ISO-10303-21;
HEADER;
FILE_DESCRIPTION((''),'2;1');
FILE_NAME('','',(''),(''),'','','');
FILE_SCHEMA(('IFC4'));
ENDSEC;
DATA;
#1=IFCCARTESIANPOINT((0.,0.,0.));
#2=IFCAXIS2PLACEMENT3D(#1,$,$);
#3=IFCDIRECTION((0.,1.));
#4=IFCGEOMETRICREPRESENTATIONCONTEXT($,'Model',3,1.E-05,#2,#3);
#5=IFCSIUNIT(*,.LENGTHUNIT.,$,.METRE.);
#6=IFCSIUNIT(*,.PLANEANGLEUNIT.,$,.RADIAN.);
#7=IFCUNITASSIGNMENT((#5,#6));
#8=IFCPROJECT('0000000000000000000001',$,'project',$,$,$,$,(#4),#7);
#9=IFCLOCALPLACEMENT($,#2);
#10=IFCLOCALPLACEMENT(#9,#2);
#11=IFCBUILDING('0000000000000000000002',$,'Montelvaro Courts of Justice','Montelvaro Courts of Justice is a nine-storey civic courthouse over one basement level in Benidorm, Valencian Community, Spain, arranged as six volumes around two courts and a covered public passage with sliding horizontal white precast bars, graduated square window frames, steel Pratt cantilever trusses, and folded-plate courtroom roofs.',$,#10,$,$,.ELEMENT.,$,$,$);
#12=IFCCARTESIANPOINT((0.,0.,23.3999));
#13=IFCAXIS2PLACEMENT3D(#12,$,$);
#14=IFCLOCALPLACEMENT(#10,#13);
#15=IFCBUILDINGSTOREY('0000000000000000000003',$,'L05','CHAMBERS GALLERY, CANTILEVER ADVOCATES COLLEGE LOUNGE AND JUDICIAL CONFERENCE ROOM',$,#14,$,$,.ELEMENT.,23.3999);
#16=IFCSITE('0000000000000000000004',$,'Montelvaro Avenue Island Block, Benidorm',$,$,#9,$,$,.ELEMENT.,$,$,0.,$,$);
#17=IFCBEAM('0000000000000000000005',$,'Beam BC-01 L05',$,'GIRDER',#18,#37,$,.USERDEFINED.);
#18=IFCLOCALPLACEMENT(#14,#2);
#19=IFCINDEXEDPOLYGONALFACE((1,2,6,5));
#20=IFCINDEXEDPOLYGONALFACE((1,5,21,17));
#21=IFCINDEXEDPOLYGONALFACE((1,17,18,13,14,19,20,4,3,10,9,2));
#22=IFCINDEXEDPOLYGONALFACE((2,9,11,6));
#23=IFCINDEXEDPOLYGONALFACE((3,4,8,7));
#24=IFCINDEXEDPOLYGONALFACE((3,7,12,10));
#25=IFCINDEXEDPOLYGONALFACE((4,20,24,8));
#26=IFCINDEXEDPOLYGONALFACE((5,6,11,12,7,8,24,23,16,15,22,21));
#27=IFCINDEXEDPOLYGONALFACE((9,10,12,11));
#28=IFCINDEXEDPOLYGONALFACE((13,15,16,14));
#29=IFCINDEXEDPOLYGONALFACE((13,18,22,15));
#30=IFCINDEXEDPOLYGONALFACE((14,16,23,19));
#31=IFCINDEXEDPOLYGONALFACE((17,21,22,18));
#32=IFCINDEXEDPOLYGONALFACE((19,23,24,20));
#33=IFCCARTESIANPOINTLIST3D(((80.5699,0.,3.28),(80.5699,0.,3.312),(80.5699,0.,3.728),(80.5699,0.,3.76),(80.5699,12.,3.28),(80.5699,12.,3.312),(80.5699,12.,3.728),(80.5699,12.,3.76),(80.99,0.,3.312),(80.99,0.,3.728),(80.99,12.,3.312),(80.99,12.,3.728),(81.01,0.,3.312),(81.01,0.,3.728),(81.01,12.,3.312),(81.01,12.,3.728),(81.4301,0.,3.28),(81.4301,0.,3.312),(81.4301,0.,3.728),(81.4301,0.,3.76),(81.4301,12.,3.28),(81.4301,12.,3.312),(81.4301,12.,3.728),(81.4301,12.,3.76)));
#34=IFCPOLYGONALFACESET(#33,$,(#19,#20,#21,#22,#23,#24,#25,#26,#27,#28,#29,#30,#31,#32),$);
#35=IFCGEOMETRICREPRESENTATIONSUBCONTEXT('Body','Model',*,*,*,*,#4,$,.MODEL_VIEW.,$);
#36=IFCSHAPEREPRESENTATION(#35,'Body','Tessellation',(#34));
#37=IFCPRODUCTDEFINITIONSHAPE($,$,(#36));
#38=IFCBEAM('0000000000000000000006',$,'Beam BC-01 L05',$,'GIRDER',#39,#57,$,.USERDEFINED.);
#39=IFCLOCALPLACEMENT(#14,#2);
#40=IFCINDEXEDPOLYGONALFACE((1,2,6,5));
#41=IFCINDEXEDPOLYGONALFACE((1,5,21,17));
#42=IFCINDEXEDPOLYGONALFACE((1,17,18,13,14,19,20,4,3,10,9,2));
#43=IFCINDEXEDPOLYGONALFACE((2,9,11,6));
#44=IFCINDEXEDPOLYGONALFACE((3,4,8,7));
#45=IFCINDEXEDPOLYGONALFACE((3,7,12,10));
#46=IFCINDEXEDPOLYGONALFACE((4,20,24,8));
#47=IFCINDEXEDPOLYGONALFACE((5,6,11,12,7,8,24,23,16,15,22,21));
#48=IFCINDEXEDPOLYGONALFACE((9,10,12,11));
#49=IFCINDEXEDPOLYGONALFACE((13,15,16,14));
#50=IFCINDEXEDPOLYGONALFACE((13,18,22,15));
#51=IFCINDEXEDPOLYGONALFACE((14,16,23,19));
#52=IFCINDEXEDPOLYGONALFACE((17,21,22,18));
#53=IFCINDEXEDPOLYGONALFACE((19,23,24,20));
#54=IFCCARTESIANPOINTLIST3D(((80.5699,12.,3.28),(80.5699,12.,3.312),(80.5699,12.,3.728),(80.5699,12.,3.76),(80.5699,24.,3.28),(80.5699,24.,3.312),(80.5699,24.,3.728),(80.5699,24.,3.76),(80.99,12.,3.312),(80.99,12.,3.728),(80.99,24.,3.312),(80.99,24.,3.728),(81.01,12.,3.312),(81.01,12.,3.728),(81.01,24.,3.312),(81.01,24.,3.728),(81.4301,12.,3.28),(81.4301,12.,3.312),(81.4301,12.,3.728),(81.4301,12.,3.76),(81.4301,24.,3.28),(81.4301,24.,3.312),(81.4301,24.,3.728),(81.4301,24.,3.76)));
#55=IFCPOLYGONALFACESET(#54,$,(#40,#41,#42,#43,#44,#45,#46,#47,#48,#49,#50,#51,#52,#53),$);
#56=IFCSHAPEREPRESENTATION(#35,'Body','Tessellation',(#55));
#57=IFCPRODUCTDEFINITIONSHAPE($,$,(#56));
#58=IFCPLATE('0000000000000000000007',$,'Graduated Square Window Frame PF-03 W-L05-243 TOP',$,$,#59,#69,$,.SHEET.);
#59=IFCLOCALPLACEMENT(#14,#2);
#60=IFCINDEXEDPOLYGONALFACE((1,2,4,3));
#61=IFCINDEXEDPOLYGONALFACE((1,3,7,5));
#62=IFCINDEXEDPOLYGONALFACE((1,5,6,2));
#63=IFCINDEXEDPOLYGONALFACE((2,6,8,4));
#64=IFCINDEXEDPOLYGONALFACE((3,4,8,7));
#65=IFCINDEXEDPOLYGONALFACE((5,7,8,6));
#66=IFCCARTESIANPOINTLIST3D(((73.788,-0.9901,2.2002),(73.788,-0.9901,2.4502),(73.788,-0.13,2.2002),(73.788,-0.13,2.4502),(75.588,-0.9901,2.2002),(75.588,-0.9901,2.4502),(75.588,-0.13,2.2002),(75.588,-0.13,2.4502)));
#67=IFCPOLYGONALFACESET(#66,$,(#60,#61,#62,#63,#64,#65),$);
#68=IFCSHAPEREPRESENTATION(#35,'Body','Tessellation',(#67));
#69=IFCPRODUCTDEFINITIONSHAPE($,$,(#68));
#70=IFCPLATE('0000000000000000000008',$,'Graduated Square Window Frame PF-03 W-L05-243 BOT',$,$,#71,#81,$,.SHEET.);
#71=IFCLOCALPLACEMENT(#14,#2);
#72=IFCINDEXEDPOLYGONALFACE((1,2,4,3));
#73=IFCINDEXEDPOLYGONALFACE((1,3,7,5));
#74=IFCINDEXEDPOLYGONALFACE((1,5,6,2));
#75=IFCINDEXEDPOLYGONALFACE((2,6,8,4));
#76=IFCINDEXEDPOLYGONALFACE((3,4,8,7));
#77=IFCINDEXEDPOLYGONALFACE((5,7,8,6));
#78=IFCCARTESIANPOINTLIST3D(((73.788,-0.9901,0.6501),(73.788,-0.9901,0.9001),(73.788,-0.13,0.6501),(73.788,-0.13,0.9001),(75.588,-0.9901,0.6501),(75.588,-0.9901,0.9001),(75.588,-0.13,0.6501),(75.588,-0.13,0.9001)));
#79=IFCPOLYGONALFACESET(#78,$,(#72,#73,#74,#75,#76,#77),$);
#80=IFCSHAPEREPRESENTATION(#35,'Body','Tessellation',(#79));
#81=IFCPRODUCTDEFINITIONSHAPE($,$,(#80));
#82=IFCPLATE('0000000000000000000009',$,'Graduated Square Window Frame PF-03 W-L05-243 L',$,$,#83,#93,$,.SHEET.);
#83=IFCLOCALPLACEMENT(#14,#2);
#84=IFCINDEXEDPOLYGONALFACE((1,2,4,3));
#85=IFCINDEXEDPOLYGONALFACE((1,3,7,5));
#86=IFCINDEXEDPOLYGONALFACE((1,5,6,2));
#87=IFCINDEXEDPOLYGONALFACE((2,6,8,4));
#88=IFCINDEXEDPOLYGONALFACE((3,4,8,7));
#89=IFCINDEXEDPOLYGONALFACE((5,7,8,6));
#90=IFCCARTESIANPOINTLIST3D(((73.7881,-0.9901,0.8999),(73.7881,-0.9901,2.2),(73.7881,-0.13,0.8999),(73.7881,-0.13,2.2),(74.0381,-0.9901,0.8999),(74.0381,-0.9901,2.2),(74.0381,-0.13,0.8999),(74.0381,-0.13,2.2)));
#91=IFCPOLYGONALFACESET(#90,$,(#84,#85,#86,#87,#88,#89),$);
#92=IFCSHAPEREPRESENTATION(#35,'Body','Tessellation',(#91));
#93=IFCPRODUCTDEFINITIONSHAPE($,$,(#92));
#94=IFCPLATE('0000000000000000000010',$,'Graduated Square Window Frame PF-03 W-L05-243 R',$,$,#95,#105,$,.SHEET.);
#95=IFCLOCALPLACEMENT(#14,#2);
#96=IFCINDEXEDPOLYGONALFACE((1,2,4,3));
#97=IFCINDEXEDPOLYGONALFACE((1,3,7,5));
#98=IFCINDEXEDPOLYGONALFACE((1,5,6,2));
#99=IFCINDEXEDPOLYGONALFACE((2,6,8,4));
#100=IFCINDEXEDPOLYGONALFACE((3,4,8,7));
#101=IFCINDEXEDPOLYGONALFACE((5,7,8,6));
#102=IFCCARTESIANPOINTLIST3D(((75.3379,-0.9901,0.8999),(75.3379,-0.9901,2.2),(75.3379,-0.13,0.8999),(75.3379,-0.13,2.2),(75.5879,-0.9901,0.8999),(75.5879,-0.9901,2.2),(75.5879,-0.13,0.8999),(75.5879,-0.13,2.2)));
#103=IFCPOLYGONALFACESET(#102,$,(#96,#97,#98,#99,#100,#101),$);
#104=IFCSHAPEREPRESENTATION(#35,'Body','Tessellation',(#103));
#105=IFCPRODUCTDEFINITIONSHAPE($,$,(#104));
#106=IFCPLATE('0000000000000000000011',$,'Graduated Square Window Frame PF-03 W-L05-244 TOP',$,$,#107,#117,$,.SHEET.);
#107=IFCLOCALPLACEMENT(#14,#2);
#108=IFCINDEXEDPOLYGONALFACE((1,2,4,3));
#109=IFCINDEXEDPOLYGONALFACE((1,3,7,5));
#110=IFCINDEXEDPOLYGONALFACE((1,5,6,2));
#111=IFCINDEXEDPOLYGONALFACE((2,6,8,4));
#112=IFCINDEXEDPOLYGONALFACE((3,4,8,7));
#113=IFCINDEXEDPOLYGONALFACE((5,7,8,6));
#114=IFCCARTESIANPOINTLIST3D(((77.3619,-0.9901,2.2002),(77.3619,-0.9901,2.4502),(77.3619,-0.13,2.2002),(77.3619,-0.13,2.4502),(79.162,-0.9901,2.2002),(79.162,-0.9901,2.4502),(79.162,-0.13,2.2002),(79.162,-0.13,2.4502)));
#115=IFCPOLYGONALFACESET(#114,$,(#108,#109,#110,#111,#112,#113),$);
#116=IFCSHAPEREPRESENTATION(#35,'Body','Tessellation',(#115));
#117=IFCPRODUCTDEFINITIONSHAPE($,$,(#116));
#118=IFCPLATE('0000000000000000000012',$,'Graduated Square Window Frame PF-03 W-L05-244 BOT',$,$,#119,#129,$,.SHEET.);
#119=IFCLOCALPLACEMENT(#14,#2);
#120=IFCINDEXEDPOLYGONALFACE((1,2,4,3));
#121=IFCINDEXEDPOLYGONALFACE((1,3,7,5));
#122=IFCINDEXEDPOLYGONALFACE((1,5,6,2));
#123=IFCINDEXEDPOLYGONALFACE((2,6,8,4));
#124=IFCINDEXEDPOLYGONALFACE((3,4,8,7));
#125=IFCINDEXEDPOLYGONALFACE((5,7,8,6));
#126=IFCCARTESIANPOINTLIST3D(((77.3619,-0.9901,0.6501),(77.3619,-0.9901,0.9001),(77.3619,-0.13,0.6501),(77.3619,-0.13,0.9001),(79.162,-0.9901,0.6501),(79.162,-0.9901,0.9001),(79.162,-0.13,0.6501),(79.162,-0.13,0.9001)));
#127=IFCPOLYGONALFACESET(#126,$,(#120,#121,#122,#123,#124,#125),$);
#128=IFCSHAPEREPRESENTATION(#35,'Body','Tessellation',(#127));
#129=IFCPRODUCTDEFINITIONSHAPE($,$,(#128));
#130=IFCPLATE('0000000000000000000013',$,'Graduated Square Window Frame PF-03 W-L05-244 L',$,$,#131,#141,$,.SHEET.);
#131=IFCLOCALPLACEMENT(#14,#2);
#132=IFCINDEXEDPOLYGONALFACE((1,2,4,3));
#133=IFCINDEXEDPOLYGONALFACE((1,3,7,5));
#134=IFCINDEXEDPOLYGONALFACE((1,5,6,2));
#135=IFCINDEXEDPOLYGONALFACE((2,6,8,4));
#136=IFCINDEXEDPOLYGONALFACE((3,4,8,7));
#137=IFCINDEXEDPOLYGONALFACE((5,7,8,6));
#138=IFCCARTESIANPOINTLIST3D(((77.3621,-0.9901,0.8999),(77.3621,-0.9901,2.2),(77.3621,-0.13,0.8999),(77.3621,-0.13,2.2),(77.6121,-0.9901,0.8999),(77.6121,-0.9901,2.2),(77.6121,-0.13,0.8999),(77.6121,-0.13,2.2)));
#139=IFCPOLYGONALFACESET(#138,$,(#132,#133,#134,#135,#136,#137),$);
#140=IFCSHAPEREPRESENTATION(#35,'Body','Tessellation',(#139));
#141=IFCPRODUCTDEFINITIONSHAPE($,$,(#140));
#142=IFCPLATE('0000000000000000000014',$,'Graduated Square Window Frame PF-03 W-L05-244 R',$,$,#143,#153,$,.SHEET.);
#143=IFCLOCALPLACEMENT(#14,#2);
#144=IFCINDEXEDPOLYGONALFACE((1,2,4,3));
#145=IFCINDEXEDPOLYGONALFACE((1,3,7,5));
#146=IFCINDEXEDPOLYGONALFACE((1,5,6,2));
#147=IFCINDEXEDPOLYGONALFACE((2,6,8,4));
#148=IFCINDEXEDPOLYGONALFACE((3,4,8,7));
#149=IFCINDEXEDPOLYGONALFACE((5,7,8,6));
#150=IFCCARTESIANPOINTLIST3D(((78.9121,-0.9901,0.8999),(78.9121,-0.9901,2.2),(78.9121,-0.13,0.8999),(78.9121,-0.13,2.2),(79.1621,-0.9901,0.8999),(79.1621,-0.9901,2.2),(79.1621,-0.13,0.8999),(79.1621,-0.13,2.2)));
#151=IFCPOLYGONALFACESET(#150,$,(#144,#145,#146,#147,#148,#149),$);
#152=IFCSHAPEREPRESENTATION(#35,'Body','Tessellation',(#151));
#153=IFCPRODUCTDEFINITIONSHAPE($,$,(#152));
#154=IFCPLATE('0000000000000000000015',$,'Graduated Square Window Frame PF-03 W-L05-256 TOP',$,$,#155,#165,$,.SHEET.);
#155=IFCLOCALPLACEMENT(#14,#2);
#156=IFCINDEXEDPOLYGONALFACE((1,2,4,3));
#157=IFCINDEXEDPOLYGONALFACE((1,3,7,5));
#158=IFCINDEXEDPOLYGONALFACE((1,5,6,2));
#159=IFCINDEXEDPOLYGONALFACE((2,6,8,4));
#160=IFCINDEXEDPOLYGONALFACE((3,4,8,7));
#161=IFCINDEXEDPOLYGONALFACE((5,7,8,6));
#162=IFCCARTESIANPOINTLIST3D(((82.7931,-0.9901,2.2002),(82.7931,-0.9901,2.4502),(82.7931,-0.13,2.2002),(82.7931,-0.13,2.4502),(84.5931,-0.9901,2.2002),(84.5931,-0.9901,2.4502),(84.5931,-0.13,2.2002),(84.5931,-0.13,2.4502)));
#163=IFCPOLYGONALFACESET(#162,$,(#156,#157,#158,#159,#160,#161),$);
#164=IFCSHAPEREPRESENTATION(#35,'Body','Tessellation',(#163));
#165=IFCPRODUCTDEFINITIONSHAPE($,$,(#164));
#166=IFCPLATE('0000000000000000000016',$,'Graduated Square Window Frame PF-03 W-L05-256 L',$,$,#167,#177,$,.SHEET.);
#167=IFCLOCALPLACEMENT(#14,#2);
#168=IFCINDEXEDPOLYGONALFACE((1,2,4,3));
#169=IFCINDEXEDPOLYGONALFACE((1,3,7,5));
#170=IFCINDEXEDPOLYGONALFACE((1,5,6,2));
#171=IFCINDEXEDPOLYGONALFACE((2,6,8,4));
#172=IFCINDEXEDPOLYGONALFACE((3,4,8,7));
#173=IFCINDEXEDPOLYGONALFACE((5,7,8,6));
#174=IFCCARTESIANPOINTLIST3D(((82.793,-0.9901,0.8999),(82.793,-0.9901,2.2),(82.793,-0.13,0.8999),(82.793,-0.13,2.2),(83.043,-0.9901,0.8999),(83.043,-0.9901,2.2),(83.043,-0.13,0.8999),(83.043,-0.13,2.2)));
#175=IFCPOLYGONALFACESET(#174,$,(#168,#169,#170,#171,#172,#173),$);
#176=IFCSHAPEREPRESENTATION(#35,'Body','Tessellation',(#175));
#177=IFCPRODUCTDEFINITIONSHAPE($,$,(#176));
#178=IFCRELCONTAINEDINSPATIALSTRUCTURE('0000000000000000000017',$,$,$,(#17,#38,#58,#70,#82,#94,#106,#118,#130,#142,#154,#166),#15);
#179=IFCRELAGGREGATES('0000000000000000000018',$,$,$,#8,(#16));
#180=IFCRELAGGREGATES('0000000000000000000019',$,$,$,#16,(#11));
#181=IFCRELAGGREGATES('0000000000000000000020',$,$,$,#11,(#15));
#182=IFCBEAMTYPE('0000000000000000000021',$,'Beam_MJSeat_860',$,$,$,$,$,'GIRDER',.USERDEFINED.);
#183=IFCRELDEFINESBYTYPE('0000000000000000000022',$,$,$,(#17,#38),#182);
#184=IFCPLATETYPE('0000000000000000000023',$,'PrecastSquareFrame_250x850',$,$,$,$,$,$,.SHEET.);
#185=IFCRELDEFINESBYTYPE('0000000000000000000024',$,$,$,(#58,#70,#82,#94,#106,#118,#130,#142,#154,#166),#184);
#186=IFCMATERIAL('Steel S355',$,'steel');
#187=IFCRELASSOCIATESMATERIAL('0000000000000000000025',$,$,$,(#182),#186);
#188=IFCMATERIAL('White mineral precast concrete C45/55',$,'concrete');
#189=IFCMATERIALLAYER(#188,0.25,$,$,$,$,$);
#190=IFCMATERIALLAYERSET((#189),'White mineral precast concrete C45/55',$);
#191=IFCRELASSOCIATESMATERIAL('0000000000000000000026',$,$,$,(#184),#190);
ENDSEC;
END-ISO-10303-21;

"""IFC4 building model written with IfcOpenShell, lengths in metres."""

from ifc_helpers import new_model, si_unit, direction, frame, origin, origin_2d, place, context, subcontext, project, spatial, rectangle, i_section, extrude, material, layer, layer_set, material_profile, profile_set, type_object, element, save


model = new_model("IFC4")

# Units and contexts
model_context = context("Model", 3, precision=1e-05, world=origin(), true_north=direction((0.0, 1.0)))
body_context = subcontext(model_context, "Body", "Model", "MODEL_VIEW")
ifc_project = project(units=[si_unit("LENGTHUNIT", "METRE"), si_unit("PLANEANGLEUNIT", "RADIAN")], contexts=[model_context])

# Site, building, storey
site_placement = place(None, origin())
site = spatial("IfcSite", under=ifc_project, at=site_placement, Name="Montelvaro Avenue Island Block, Benidorm", CompositionType="ELEMENT", RefElevation=0.0)
building_placement = place(site_placement, origin())
building = spatial("IfcBuilding", under=site, at=building_placement, Name="Montelvaro Courts of Justice", Description="Montelvaro Courts of Justice is a nine-storey civic courthouse over one basement level in Benidorm, Valencian Community, Spain, arranged as six volumes around two courts and a covered public passage with sliding horizontal white precast bars, graduated square window frames, steel Pratt cantilever trusses, and folded-plate courtroom roofs.", CompositionType="ELEMENT")
storey_placement = place(building_placement, frame((0.0, 0.0, 23.3999)))
storey = spatial("IfcBuildingStorey", under=building, at=storey_placement, Name="L05", Description="CHAMBERS GALLERY, CANTILEVER ADVOCATES COLLEGE LOUNGE AND JUDICIAL CONFERENCE ROOM", CompositionType="ELEMENT", Elevation=23.3999)

# Shared definitions
ifc_material_1 = material(Name="Steel S355", Category="steel")

# Beams
ifc_material_profile_1 = material_profile(ifc_material_1, i_section(OverallWidth=0.8601, OverallDepth=0.48, WebThickness=0.02, FlangeThickness=0.032, at=origin_2d()), Name="HL 480x860")
ifc_profile_set_1 = profile_set([ifc_material_profile_1], Name="Steel S355")
beam_type_1 = type_object("IfcBeamType", Name="Beam_MJSeat_860", ElementType="GIRDER", PredefinedType="USERDEFINED", material=ifc_profile_set_1)
for number, where, z_axis, x_axis, name in (
    (1, (81.0, 0.0, 3.52), (0.0, 1.0, 0.0), (-1.0, 0.0, 0.0), "Beam BC-01 L05"),
    (2, (81.0, 12.0, 3.52), (0.0, 1.0, 0.0), (-1.0, 0.0, 0.0), "Beam BC-01 L05"),
):
    element("IfcBeam", number, at=place(storey_placement, frame(where, z_axis=z_axis, x_axis=x_axis)), inside=storey, type_object=beam_type_1, Name=name, ObjectType="GIRDER", PredefinedType="USERDEFINED", context=body_context, shape_type="SweptSolid", body=[
        extrude(i_section(OverallWidth=0.8601, OverallDepth=0.48, WebThickness=0.02, FlangeThickness=0.032, at=origin_2d()), origin(), (0.0, 0.0, 1.0), 12.0),
    ])

# Plates
ifc_material_2 = material(Name="White mineral precast concrete C45/55", Category="concrete")
ifc_layer_1 = layer(ifc_material_2, 0.25)
ifc_layer_set_1 = layer_set([ifc_layer_1], Name="White mineral precast concrete C45/55")
plate_type = type_object("IfcPlateType", Name="PrecastSquareFrame_250x850", PredefinedType="SHEET", material=ifc_layer_set_1)
for number, where, z_axis, x_axis, name in (
    (3, (74.688, -0.5601, 2.2002), (0.0, 0.0, 1.0), (1.0, 0.0, 0.0), "Graduated Square Window Frame PF-03 W-L05-243 TOP"),
    (4, (74.688, -0.5601, 0.6501), (0.0, 0.0, 1.0), (1.0, 0.0, 0.0), "Graduated Square Window Frame PF-03 W-L05-243 BOT"),
):
    element("IfcPlate", number, at=place(storey_placement, frame(where, z_axis=z_axis, x_axis=x_axis)), inside=storey, type_object=plate_type, Name=name, PredefinedType="SHEET", context=body_context, shape_type="SweptSolid", body=[
        extrude(rectangle(XDim=1.8, YDim=0.8601, at=origin_2d()), origin(), (0.0, 0.0, 1.0), 0.25),
    ])
for number, where, z_axis, x_axis, name in (
    (5, (73.9131, -0.5601, 0.8999), (0.0, 0.0, 1.0), (1.0, 0.0, 0.0), "Graduated Square Window Frame PF-03 W-L05-243 L"),
    (6, (75.4629, -0.5601, 0.8999), (0.0, 0.0, 1.0), (1.0, 0.0, 0.0), "Graduated Square Window Frame PF-03 W-L05-243 R"),
):
    element("IfcPlate", number, at=place(storey_placement, frame(where, z_axis=z_axis, x_axis=x_axis)), inside=storey, type_object=plate_type, Name=name, PredefinedType="SHEET", context=body_context, shape_type="SweptSolid", body=[
        extrude(rectangle(XDim=0.25, YDim=0.8601, at=origin_2d()), origin(), (0.0, 0.0, 1.0), 1.3),
    ])
for number, where, z_axis, x_axis, name in (
    (7, (78.262, -0.5601, 2.2002), (0.0, 0.0, 1.0), (1.0, 0.0, 0.0), "Graduated Square Window Frame PF-03 W-L05-244 TOP"),
    (8, (78.262, -0.5601, 0.6501), (0.0, 0.0, 1.0), (1.0, 0.0, 0.0), "Graduated Square Window Frame PF-03 W-L05-244 BOT"),
):
    element("IfcPlate", number, at=place(storey_placement, frame(where, z_axis=z_axis, x_axis=x_axis)), inside=storey, type_object=plate_type, Name=name, PredefinedType="SHEET", context=body_context, shape_type="SweptSolid", body=[
        extrude(rectangle(XDim=1.8, YDim=0.8601, at=origin_2d()), origin(), (0.0, 0.0, 1.0), 0.25),
    ])
for number, where, z_axis, x_axis, name in (
    (9, (77.4871, -0.5601, 0.8999), (0.0, 0.0, 1.0), (1.0, 0.0, 0.0), "Graduated Square Window Frame PF-03 W-L05-244 L"),
    (10, (79.0371, -0.5601, 0.8999), (0.0, 0.0, 1.0), (1.0, 0.0, 0.0), "Graduated Square Window Frame PF-03 W-L05-244 R"),
):
    element("IfcPlate", number, at=place(storey_placement, frame(where, z_axis=z_axis, x_axis=x_axis)), inside=storey, type_object=plate_type, Name=name, PredefinedType="SHEET", context=body_context, shape_type="SweptSolid", body=[
        extrude(rectangle(XDim=0.25, YDim=0.8601, at=origin_2d()), origin(), (0.0, 0.0, 1.0), 1.3),
    ])
plate_1_placement = place(storey_placement, frame((83.6931, -0.5601, 2.2002), z_axis=(0.0, 0.0, 1.0), x_axis=(1.0, 0.0, 0.0)))
element("IfcPlate", 11, at=plate_1_placement, inside=storey, type_object=plate_type, Name="Graduated Square Window Frame PF-03 W-L05-256 TOP", PredefinedType="SHEET", context=body_context, shape_type="SweptSolid", body=[
    extrude(rectangle(XDim=1.8, YDim=0.8601, at=origin_2d()), origin(), (0.0, 0.0, 1.0), 0.25),
])
plate_2_placement = place(storey_placement, frame((82.918, -0.5601, 0.8999), z_axis=(0.0, 0.0, 1.0), x_axis=(1.0, 0.0, 0.0)))
element("IfcPlate", 12, at=plate_2_placement, inside=storey, type_object=plate_type, Name="Graduated Square Window Frame PF-03 W-L05-256 L", PredefinedType="SHEET", context=body_context, shape_type="SweptSolid", body=[
    extrude(rectangle(XDim=0.25, YDim=0.8601, at=origin_2d()), origin(), (0.0, 0.0, 1.0), 1.3),
])

save(model, "model.ifc")
